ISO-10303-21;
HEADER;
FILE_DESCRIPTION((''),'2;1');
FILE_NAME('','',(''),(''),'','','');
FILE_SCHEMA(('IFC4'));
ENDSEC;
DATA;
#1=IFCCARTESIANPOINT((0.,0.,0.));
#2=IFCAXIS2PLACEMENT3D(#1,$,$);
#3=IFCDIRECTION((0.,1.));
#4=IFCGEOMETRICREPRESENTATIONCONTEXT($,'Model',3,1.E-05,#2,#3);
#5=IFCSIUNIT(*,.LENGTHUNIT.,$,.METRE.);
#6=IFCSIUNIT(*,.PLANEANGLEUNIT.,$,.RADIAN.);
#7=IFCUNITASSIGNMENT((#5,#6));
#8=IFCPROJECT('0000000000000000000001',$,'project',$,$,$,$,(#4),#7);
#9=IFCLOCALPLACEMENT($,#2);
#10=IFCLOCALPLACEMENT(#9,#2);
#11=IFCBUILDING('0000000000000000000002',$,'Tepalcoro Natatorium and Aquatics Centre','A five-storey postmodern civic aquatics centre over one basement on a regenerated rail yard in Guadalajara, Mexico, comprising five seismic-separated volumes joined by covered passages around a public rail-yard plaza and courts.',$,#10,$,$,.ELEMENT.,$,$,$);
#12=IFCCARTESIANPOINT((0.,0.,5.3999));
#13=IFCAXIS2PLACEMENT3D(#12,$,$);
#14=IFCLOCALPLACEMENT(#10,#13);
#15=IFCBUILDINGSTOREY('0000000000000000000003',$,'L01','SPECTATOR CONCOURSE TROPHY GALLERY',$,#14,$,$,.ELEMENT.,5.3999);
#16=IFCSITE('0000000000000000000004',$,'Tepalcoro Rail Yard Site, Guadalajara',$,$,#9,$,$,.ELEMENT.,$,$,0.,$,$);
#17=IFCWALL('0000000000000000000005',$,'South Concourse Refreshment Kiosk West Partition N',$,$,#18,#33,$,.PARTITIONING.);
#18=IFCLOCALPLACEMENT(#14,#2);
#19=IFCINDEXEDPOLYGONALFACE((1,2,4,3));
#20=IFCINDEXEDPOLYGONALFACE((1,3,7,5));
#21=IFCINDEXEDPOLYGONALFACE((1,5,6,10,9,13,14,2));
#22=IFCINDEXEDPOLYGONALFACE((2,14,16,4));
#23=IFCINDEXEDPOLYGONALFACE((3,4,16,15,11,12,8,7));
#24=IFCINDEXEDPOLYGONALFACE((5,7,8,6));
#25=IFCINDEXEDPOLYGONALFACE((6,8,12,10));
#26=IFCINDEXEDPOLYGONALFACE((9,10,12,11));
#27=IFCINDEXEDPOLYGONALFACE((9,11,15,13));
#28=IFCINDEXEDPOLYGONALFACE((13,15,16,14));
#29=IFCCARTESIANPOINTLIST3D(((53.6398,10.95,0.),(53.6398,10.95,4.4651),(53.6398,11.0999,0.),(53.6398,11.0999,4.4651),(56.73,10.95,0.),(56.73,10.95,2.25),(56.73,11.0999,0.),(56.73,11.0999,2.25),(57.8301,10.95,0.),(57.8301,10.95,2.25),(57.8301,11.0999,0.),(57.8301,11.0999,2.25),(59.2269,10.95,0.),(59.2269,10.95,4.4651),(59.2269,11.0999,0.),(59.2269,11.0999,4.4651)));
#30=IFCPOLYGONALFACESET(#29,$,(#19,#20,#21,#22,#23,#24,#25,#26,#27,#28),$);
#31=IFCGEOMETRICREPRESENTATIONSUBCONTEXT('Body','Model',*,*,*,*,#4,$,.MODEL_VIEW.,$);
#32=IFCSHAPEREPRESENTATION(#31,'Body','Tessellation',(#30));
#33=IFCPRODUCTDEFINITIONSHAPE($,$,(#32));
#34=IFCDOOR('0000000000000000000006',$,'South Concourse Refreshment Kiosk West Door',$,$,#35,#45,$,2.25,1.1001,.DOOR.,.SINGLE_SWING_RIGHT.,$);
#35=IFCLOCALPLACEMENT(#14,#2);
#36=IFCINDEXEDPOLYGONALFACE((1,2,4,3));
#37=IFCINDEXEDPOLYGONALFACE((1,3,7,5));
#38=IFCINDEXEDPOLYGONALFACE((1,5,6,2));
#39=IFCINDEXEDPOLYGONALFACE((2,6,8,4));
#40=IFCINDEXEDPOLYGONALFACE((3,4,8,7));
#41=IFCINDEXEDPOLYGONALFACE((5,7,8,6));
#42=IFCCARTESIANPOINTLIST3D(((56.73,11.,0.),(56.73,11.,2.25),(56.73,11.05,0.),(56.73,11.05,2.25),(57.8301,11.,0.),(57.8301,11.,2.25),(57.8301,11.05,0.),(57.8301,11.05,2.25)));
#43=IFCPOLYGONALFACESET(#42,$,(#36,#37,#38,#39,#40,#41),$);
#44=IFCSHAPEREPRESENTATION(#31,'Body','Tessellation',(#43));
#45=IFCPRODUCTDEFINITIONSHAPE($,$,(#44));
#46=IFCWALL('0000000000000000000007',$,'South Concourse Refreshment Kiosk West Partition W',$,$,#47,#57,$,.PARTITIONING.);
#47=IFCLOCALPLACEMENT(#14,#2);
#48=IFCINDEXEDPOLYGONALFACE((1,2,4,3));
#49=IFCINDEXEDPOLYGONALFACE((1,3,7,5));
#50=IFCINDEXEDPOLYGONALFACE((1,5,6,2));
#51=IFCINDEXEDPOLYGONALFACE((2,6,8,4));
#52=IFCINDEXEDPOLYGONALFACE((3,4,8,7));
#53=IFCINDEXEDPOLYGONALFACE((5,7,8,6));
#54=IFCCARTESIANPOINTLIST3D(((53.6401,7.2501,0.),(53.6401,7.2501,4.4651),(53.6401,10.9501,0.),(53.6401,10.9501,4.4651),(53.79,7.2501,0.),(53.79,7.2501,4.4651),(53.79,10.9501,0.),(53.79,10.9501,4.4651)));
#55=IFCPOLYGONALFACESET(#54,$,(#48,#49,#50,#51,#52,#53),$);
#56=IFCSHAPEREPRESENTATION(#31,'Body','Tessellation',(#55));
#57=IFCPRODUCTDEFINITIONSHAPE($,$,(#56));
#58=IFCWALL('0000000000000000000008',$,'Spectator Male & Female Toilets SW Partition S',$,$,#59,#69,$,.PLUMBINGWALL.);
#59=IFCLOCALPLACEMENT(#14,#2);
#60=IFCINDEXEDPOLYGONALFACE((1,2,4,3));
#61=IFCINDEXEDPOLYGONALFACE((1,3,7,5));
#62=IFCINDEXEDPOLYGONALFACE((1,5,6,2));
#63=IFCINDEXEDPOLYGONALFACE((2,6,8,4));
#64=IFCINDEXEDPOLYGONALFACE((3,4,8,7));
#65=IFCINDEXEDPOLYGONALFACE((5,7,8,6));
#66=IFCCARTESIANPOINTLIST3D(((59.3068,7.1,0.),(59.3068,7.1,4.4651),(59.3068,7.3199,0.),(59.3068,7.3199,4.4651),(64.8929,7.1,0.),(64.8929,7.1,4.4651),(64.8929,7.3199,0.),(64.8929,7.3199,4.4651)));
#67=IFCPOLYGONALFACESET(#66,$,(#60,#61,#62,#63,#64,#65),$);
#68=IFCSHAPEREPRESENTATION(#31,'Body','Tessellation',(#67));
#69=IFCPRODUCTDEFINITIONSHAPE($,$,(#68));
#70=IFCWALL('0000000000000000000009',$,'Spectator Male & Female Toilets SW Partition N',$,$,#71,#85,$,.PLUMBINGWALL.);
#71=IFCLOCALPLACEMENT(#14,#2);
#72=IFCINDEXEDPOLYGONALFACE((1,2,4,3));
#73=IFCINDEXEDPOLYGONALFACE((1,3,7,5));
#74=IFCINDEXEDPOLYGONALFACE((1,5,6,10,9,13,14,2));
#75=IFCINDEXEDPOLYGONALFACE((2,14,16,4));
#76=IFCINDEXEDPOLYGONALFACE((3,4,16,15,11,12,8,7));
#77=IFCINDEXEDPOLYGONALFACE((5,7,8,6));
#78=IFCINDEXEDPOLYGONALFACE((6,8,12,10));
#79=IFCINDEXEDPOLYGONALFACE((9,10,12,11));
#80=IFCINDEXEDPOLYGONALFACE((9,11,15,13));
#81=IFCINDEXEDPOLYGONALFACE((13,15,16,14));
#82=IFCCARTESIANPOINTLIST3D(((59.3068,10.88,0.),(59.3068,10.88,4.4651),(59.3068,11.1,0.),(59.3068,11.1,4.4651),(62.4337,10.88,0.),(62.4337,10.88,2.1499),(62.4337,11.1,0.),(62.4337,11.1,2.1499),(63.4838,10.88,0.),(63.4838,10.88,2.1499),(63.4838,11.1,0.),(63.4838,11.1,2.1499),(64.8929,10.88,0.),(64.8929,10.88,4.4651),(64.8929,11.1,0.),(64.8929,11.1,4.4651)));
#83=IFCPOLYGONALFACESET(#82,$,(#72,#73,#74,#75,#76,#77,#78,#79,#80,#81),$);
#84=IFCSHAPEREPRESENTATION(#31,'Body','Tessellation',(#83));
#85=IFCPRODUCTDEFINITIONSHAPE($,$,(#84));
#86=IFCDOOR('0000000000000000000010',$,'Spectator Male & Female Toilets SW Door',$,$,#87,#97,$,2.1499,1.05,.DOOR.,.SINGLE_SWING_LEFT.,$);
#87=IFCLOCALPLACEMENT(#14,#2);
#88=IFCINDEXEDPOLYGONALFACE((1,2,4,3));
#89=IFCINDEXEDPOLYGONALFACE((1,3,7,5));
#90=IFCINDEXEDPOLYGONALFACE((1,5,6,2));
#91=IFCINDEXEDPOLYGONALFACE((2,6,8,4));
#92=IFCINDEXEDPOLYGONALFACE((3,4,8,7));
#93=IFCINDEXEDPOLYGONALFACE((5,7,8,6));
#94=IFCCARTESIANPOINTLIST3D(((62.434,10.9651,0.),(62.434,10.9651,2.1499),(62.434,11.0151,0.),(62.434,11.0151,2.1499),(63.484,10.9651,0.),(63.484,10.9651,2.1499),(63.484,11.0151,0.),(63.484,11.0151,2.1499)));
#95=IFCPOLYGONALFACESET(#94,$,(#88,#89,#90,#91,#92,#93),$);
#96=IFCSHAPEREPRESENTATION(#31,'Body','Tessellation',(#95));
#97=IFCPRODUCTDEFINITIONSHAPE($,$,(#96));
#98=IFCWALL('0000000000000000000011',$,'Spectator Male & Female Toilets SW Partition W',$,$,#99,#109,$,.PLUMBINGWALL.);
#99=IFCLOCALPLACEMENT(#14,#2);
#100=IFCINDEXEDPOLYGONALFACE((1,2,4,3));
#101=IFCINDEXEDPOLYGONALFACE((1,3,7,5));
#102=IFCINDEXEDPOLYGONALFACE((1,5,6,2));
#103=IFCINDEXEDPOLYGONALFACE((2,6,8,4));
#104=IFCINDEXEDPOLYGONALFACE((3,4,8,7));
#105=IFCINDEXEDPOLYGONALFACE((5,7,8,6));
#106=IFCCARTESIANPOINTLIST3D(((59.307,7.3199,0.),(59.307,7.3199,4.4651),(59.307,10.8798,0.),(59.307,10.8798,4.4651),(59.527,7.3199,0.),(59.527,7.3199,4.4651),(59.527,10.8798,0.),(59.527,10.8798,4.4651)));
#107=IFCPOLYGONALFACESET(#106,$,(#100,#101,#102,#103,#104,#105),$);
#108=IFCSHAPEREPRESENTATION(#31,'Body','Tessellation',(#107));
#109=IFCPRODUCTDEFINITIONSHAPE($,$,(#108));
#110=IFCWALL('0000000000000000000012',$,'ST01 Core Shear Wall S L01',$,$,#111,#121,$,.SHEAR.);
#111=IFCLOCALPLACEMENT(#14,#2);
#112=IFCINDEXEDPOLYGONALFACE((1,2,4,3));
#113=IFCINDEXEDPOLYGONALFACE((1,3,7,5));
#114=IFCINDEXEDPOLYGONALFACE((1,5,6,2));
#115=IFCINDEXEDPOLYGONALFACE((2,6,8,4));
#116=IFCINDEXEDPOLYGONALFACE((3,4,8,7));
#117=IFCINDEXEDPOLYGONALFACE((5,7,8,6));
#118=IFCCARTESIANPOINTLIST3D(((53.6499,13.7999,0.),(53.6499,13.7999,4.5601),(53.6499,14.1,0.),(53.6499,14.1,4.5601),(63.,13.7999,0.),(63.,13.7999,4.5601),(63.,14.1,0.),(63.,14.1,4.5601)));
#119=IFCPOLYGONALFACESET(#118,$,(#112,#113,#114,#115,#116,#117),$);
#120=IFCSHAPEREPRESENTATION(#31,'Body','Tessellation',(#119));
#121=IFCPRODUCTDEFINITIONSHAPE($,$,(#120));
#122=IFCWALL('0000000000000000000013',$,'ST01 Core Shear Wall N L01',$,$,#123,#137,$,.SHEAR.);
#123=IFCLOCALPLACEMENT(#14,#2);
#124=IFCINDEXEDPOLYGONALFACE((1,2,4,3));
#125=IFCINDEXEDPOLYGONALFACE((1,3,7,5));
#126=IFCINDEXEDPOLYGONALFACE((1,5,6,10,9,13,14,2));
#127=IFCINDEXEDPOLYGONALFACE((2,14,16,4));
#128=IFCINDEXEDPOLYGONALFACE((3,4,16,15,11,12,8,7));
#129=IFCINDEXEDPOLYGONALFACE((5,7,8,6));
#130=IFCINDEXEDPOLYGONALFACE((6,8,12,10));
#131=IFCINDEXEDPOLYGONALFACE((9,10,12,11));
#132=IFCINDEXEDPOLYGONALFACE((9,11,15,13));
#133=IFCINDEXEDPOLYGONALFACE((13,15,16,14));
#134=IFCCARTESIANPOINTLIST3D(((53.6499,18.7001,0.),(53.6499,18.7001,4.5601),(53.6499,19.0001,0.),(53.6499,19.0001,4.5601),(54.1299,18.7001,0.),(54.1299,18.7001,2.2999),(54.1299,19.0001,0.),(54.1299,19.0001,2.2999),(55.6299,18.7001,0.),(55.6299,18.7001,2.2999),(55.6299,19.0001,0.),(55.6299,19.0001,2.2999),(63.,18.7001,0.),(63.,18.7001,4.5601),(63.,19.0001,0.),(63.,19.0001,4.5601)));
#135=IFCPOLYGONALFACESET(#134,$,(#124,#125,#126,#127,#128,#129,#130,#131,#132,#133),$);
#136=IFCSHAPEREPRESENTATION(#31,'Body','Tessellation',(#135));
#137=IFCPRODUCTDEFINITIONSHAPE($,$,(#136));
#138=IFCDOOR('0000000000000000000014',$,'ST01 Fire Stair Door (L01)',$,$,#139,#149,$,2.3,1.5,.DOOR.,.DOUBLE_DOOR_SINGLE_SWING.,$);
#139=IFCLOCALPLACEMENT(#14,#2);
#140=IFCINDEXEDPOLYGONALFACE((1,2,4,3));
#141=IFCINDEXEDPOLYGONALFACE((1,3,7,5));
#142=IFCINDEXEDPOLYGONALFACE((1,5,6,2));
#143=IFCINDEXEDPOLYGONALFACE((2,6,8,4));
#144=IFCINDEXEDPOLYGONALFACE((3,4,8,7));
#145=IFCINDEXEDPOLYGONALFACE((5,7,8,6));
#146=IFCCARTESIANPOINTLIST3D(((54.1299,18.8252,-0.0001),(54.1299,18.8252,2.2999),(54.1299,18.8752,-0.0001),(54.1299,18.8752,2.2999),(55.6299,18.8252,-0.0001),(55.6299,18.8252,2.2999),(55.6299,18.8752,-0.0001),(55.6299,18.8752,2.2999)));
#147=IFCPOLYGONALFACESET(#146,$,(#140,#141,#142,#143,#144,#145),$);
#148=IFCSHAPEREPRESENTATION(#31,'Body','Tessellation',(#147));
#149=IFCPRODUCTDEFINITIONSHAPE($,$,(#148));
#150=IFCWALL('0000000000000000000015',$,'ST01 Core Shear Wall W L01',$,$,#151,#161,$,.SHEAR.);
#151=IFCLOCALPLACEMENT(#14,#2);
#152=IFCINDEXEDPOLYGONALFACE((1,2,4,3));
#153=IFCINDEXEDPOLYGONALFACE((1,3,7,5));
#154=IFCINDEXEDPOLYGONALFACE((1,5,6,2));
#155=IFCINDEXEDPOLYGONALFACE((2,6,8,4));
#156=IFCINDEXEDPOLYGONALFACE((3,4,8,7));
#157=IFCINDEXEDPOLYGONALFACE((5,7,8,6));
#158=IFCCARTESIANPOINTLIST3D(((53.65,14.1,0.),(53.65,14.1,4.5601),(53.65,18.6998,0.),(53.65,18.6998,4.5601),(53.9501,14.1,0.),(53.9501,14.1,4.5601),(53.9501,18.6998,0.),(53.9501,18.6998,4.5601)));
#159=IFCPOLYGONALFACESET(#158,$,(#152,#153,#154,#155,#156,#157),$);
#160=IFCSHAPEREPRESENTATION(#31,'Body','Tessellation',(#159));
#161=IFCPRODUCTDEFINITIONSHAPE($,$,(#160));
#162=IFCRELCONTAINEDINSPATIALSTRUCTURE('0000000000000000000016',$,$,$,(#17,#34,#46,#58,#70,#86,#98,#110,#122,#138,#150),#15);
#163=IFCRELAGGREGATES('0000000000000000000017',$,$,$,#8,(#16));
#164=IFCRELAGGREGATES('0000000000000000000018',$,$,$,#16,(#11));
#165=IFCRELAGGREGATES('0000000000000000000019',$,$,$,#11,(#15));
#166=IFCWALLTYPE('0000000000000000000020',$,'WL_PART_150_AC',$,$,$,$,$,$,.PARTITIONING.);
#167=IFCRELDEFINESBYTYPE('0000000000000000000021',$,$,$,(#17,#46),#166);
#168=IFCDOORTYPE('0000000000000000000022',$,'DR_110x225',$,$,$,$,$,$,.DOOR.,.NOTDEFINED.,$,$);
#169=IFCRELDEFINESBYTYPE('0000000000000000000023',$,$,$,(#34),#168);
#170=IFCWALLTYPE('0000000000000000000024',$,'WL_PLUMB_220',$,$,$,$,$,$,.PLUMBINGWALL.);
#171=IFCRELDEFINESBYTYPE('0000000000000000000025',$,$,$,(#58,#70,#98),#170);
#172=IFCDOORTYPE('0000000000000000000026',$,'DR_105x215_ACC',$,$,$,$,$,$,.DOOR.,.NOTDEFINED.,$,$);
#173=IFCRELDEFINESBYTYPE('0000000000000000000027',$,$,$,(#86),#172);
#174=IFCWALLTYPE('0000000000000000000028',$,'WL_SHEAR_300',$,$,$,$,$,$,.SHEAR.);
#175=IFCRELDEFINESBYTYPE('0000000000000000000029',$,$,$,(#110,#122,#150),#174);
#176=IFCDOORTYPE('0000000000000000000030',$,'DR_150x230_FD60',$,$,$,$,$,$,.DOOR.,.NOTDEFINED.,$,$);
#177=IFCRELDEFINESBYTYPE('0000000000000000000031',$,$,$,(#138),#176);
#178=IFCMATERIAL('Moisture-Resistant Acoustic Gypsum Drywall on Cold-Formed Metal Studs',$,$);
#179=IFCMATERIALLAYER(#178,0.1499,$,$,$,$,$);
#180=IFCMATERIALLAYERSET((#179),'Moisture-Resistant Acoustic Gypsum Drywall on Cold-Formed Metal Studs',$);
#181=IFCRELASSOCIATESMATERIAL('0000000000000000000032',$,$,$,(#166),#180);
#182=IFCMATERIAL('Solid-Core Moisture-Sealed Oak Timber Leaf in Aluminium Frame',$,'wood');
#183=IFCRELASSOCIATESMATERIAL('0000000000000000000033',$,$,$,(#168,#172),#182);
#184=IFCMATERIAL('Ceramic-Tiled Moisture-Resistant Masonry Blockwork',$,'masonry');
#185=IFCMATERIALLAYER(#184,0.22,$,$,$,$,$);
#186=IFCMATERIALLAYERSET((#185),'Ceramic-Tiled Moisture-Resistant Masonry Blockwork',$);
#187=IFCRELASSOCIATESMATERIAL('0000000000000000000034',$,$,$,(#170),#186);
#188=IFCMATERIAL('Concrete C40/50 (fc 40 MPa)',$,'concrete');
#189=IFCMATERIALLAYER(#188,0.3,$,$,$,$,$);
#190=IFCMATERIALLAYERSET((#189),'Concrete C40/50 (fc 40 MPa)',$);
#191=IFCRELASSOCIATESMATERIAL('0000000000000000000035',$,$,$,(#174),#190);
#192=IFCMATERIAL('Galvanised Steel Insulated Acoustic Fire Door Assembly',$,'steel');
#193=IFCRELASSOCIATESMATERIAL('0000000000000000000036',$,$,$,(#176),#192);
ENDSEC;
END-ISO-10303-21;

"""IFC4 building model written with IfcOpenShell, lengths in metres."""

from ifc_helpers import new_model, si_unit, direction, frame, frame_2d, origin, place, context, subcontext, project, spatial, rectangle, extrude, material, layer, layer_set, type_object, element, fill, save


model = new_model("IFC4")

# Units and contexts
model_context = context("Model", 3, precision=1e-05, world=origin(), true_north=direction((0.0, 1.0)))
body_context = subcontext(model_context, "Body", "Model", "MODEL_VIEW")
ifc_project = project(units=[si_unit("LENGTHUNIT", "METRE"), si_unit("PLANEANGLEUNIT", "RADIAN")], contexts=[model_context])

# Site, building, storey
site_placement = place(None, origin())
site = spatial("IfcSite", under=ifc_project, at=site_placement, Name="Tepalcoro Rail Yard Site, Guadalajara", CompositionType="ELEMENT", RefElevation=0.0)
building_placement = place(site_placement, origin())
building = spatial("IfcBuilding", under=site, at=building_placement, Name="Tepalcoro Natatorium and Aquatics Centre", Description="A five-storey postmodern civic aquatics centre over one basement on a regenerated rail yard in Guadalajara, Mexico, comprising five seismic-separated volumes joined by covered passages around a public rail-yard plaza and courts.", CompositionType="ELEMENT")
storey_placement = place(building_placement, frame((0.0, 0.0, 5.3999)))
storey = spatial("IfcBuildingStorey", under=building, at=storey_placement, Name="L01", Description="SPECTATOR CONCOURSE TROPHY GALLERY", CompositionType="ELEMENT", Elevation=5.3999)

# Shared definitions
ifc_material_1 = material(Name="Concrete C40/50 (fc 40 MPa)", Category="concrete")

# Shared definitions
ifc_material_2 = material(Name="Moisture-Resistant Acoustic Gypsum Drywall on Cold-Formed Metal Studs")
ifc_layer_1 = layer(ifc_material_2, 0.1499)
ifc_layer_set_1 = layer_set([ifc_layer_1], Name="Moisture-Resistant Acoustic Gypsum Drywall on Cold-Formed Metal Studs")
wall_type_1 = type_object("IfcWallType", Name="WL_PART_150_AC", PredefinedType="PARTITIONING", material=ifc_layer_set_1)

# Wall, opening, door
wall_1_placement = place(storey_placement, frame((53.6399, 11.0249, 0.0), z_axis=(0.0, 0.0, 1.0), x_axis=(1.0, 0.0, 0.0)))
wall_1 = element("IfcWall", 1, at=wall_1_placement, inside=storey, type_object=wall_type_1, Name="South Concourse Refreshment Kiosk West Partition N", PredefinedType="PARTITIONING", context=body_context, shape_type="SweptSolid", body=[
    extrude(rectangle(XDim=5.5872, YDim=0.1499, at=frame_2d((2.7935, 0.0))), origin(), (0.0, 0.0, 1.0), 4.4651),
])
opening_1_placement = place(wall_1_placement, frame((3.0901, 0.0, 0.0)))
opening_1 = element("IfcOpeningElement", 2, at=opening_1_placement, cuts=wall_1, PredefinedType="OPENING", context=body_context, shape_type="SweptSolid", body=[
    extrude(rectangle(XDim=1.1001, YDim=2.25, at=frame_2d((0.55, 1.125))), frame((0.0, 0.0869, 0.0), z_axis=(0.0, -1.0, 0.0), x_axis=(1.0, 0.0, 0.0)), (0.0, 0.0, 1.0), 0.1738),
])
ifc_material_3 = material(Name="Solid-Core Moisture-Sealed Oak Timber Leaf in Aluminium Frame", Category="wood")
door_type_1 = type_object("IfcDoorType", Name="DR_110x225", OperationType="NOTDEFINED", PredefinedType="DOOR", material=ifc_material_3)
door_1_placement = place(opening_1_placement, frame((1.1001, 0.0, 0.0), z_axis=(0.0, 0.0, 1.0), x_axis=(-1.0, 0.0, 0.0)))
door_1 = element("IfcDoor", 3, at=door_1_placement, inside=storey, type_object=door_type_1, Name="South Concourse Refreshment Kiosk West Door", OperationType="SINGLE_SWING_RIGHT", OverallHeight=2.25, OverallWidth=1.1001, PredefinedType="DOOR", context=body_context, shape_type="SweptSolid", body=[
    extrude(rectangle(XDim=1.1001, YDim=2.25, at=frame_2d((0.55, 1.125))), frame((0.0, 0.0249, 0.0), z_axis=(0.0, -1.0, 0.0), x_axis=(1.0, 0.0, 0.0)), (0.0, 0.0, 1.0), 0.05),
])
fill(opening_1, door_1)

# Walls
wall_2_placement = place(storey_placement, frame((53.7151, 7.25, 0.0), z_axis=(0.0, 0.0, 1.0), x_axis=(0.0, 1.0, 0.0)))
element("IfcWall", 4, at=wall_2_placement, inside=storey, type_object=wall_type_1, Name="South Concourse Refreshment Kiosk West Partition W", PredefinedType="PARTITIONING", context=body_context, shape_type="SweptSolid", body=[
    extrude(rectangle(XDim=3.7, YDim=0.1499, at=frame_2d((1.8501, 0.0))), origin(), (0.0, 0.0, 1.0), 4.4651),
])
ifc_material_4 = material(Name="Ceramic-Tiled Moisture-Resistant Masonry Blockwork", Category="masonry")
ifc_layer_2 = layer(ifc_material_4, 0.22)
ifc_layer_set_2 = layer_set([ifc_layer_2], Name="Ceramic-Tiled Moisture-Resistant Masonry Blockwork")
wall_type_2 = type_object("IfcWallType", Name="WL_PLUMB_220", PredefinedType="PLUMBINGWALL", material=ifc_layer_set_2)
wall_3_placement = place(storey_placement, frame((59.3069, 7.21, 0.0), z_axis=(0.0, 0.0, 1.0), x_axis=(1.0, 0.0, 0.0)))
element("IfcWall", 5, at=wall_3_placement, inside=storey, type_object=wall_type_2, Name="Spectator Male & Female Toilets SW Partition S", PredefinedType="PLUMBINGWALL", context=body_context, shape_type="SweptSolid", body=[
    extrude(rectangle(XDim=5.5862, YDim=0.22, at=frame_2d((2.793, 0.0))), origin(), (0.0, 0.0, 1.0), 4.4651),
])

# Wall, opening, door
wall_4_placement = place(storey_placement, frame((59.3069, 10.99, 0.0), z_axis=(0.0, 0.0, 1.0), x_axis=(1.0, 0.0, 0.0)))
wall_4 = element("IfcWall", 6, at=wall_4_placement, inside=storey, type_object=wall_type_2, Name="Spectator Male & Female Toilets SW Partition N", PredefinedType="PLUMBINGWALL", context=body_context, shape_type="SweptSolid", body=[
    extrude(rectangle(XDim=5.5862, YDim=0.22, at=frame_2d((2.793, 0.0))), origin(), (0.0, 0.0, 1.0), 4.4651),
])
opening_2_placement = place(wall_4_placement, frame((3.127, 0.0, 0.0)))
opening_2 = element("IfcOpeningElement", 7, at=opening_2_placement, cuts=wall_4, PredefinedType="OPENING", context=body_context, shape_type="SweptSolid", body=[
    extrude(rectangle(XDim=1.05, YDim=2.1499, at=frame_2d((0.5249, 1.075))), frame((0.0, 0.1221, 0.0), z_axis=(0.0, -1.0, 0.0), x_axis=(1.0, 0.0, 0.0)), (0.0, 0.0, 1.0), 0.2439),
])
door_type_2 = type_object("IfcDoorType", Name="DR_105x215_ACC", OperationType="NOTDEFINED", PredefinedType="DOOR", material=ifc_material_3)
door_2_placement = place(opening_2_placement, frame((1.05, 0.0, 0.0), z_axis=(0.0, 0.0, 1.0), x_axis=(-1.0, 0.0, 0.0)))
door_2 = element("IfcDoor", 8, at=door_2_placement, inside=storey, type_object=door_type_2, Name="Spectator Male & Female Toilets SW Door", OperationType="SINGLE_SWING_LEFT", OverallHeight=2.1499, OverallWidth=1.05, PredefinedType="DOOR", context=body_context, shape_type="SweptSolid", body=[
    extrude(rectangle(XDim=1.05, YDim=2.1499, at=frame_2d((0.5249, 1.075))), frame((0.0, 0.0249, 0.0), z_axis=(0.0, -1.0, 0.0), x_axis=(1.0, 0.0, 0.0)), (0.0, 0.0, 1.0), 0.05),
])
fill(opening_2, door_2)

# Walls
wall_5_placement = place(storey_placement, frame((59.417, 7.3201, 0.0), z_axis=(0.0, 0.0, 1.0), x_axis=(0.0, 1.0, 0.0)))
element("IfcWall", 9, at=wall_5_placement, inside=storey, type_object=wall_type_2, Name="Spectator Male & Female Toilets SW Partition W", PredefinedType="PLUMBINGWALL", context=body_context, shape_type="SweptSolid", body=[
    extrude(rectangle(XDim=3.5598, YDim=0.22, at=frame_2d((1.7798, 0.0))), origin(), (0.0, 0.0, 1.0), 4.4651),
])
ifc_layer_3 = layer(ifc_material_1, 0.3)
ifc_layer_set_3 = layer_set([ifc_layer_3], Name="Concrete C40/50 (fc 40 MPa)")
wall_type_3 = type_object("IfcWallType", Name="WL_SHEAR_300", PredefinedType="SHEAR", material=ifc_layer_set_3)
wall_6_placement = place(storey_placement, frame((53.6499, 13.95, 0.0), z_axis=(0.0, 0.0, 1.0), x_axis=(1.0, 0.0, 0.0)))
element("IfcWall", 10, at=wall_6_placement, inside=storey, type_object=wall_type_3, Name="ST01 Core Shear Wall S L01", PredefinedType="SHEAR", context=body_context, shape_type="SweptSolid", body=[
    extrude(rectangle(XDim=9.3501, YDim=0.3, at=frame_2d((4.675, 0.0))), origin(), (0.0, 0.0, 1.0), 4.5601),
])

# Wall, opening, door
wall_7_placement = place(storey_placement, frame((53.6499, 18.8501, 0.0), z_axis=(0.0, 0.0, 1.0), x_axis=(1.0, 0.0, 0.0)))
wall_7 = element("IfcWall", 11, at=wall_7_placement, inside=storey, type_object=wall_type_3, Name="ST01 Core Shear Wall N L01", PredefinedType="SHEAR", context=body_context, shape_type="SweptSolid", body=[
    extrude(rectangle(XDim=9.3501, YDim=0.3, at=frame_2d((4.675, 0.0))), origin(), (0.0, 0.0, 1.0), 4.5601),
])
opening_3_placement = place(wall_7_placement, frame((0.48, 0.0, 0.0)))
opening_3 = element("IfcOpeningElement", 12, at=opening_3_placement, cuts=wall_7, PredefinedType="OPENING", context=body_context, shape_type="SweptSolid", body=[
    extrude(rectangle(XDim=1.5, YDim=2.3, at=frame_2d((0.75, 1.1499))), frame((0.0, 0.1621, 0.0), z_axis=(0.0, -1.0, 0.0), x_axis=(1.0, 0.0, 0.0)), (0.0, 0.0, 1.0), 0.324),
])
ifc_material_5 = material(Name="Galvanised Steel Insulated Acoustic Fire Door Assembly", Category="steel")
door_type_3 = type_object("IfcDoorType", Name="DR_150x230_FD60", OperationType="NOTDEFINED", PredefinedType="DOOR", material=ifc_material_5)
door_3_placement = place(opening_3_placement, frame((1.5, 0.0, 0.0), z_axis=(0.0, 0.0, 1.0), x_axis=(-1.0, 0.0, 0.0)))
door_3 = element("IfcDoor", 13, at=door_3_placement, inside=storey, type_object=door_type_3, Name="ST01 Fire Stair Door (L01)", OperationType="DOUBLE_DOOR_SINGLE_SWING", OverallHeight=2.3, OverallWidth=1.5, PredefinedType="DOOR", context=body_context, shape_type="SweptSolid", body=[
    extrude(rectangle(XDim=1.5, YDim=2.3, at=frame_2d((0.75, 1.1499))), frame((0.0, 0.0249, 0.0), z_axis=(0.0, -1.0, 0.0), x_axis=(1.0, 0.0, 0.0)), (0.0, 0.0, 1.0), 0.05),
])
fill(opening_3, door_3)

# Wall
wall_8_placement = place(storey_placement, frame((53.8, 14.1001, 0.0), z_axis=(0.0, 0.0, 1.0), x_axis=(0.0, 1.0, 0.0)))
element("IfcWall", 14, at=wall_8_placement, inside=storey, type_object=wall_type_3, Name="ST01 Core Shear Wall W L01", PredefinedType="SHEAR", context=body_context, shape_type="SweptSolid", body=[
    extrude(rectangle(XDim=4.5999, YDim=0.3, at=frame_2d((2.2998, 0.0))), origin(), (0.0, 0.0, 1.0), 4.5601),
])

save(model, "model.ifc")
